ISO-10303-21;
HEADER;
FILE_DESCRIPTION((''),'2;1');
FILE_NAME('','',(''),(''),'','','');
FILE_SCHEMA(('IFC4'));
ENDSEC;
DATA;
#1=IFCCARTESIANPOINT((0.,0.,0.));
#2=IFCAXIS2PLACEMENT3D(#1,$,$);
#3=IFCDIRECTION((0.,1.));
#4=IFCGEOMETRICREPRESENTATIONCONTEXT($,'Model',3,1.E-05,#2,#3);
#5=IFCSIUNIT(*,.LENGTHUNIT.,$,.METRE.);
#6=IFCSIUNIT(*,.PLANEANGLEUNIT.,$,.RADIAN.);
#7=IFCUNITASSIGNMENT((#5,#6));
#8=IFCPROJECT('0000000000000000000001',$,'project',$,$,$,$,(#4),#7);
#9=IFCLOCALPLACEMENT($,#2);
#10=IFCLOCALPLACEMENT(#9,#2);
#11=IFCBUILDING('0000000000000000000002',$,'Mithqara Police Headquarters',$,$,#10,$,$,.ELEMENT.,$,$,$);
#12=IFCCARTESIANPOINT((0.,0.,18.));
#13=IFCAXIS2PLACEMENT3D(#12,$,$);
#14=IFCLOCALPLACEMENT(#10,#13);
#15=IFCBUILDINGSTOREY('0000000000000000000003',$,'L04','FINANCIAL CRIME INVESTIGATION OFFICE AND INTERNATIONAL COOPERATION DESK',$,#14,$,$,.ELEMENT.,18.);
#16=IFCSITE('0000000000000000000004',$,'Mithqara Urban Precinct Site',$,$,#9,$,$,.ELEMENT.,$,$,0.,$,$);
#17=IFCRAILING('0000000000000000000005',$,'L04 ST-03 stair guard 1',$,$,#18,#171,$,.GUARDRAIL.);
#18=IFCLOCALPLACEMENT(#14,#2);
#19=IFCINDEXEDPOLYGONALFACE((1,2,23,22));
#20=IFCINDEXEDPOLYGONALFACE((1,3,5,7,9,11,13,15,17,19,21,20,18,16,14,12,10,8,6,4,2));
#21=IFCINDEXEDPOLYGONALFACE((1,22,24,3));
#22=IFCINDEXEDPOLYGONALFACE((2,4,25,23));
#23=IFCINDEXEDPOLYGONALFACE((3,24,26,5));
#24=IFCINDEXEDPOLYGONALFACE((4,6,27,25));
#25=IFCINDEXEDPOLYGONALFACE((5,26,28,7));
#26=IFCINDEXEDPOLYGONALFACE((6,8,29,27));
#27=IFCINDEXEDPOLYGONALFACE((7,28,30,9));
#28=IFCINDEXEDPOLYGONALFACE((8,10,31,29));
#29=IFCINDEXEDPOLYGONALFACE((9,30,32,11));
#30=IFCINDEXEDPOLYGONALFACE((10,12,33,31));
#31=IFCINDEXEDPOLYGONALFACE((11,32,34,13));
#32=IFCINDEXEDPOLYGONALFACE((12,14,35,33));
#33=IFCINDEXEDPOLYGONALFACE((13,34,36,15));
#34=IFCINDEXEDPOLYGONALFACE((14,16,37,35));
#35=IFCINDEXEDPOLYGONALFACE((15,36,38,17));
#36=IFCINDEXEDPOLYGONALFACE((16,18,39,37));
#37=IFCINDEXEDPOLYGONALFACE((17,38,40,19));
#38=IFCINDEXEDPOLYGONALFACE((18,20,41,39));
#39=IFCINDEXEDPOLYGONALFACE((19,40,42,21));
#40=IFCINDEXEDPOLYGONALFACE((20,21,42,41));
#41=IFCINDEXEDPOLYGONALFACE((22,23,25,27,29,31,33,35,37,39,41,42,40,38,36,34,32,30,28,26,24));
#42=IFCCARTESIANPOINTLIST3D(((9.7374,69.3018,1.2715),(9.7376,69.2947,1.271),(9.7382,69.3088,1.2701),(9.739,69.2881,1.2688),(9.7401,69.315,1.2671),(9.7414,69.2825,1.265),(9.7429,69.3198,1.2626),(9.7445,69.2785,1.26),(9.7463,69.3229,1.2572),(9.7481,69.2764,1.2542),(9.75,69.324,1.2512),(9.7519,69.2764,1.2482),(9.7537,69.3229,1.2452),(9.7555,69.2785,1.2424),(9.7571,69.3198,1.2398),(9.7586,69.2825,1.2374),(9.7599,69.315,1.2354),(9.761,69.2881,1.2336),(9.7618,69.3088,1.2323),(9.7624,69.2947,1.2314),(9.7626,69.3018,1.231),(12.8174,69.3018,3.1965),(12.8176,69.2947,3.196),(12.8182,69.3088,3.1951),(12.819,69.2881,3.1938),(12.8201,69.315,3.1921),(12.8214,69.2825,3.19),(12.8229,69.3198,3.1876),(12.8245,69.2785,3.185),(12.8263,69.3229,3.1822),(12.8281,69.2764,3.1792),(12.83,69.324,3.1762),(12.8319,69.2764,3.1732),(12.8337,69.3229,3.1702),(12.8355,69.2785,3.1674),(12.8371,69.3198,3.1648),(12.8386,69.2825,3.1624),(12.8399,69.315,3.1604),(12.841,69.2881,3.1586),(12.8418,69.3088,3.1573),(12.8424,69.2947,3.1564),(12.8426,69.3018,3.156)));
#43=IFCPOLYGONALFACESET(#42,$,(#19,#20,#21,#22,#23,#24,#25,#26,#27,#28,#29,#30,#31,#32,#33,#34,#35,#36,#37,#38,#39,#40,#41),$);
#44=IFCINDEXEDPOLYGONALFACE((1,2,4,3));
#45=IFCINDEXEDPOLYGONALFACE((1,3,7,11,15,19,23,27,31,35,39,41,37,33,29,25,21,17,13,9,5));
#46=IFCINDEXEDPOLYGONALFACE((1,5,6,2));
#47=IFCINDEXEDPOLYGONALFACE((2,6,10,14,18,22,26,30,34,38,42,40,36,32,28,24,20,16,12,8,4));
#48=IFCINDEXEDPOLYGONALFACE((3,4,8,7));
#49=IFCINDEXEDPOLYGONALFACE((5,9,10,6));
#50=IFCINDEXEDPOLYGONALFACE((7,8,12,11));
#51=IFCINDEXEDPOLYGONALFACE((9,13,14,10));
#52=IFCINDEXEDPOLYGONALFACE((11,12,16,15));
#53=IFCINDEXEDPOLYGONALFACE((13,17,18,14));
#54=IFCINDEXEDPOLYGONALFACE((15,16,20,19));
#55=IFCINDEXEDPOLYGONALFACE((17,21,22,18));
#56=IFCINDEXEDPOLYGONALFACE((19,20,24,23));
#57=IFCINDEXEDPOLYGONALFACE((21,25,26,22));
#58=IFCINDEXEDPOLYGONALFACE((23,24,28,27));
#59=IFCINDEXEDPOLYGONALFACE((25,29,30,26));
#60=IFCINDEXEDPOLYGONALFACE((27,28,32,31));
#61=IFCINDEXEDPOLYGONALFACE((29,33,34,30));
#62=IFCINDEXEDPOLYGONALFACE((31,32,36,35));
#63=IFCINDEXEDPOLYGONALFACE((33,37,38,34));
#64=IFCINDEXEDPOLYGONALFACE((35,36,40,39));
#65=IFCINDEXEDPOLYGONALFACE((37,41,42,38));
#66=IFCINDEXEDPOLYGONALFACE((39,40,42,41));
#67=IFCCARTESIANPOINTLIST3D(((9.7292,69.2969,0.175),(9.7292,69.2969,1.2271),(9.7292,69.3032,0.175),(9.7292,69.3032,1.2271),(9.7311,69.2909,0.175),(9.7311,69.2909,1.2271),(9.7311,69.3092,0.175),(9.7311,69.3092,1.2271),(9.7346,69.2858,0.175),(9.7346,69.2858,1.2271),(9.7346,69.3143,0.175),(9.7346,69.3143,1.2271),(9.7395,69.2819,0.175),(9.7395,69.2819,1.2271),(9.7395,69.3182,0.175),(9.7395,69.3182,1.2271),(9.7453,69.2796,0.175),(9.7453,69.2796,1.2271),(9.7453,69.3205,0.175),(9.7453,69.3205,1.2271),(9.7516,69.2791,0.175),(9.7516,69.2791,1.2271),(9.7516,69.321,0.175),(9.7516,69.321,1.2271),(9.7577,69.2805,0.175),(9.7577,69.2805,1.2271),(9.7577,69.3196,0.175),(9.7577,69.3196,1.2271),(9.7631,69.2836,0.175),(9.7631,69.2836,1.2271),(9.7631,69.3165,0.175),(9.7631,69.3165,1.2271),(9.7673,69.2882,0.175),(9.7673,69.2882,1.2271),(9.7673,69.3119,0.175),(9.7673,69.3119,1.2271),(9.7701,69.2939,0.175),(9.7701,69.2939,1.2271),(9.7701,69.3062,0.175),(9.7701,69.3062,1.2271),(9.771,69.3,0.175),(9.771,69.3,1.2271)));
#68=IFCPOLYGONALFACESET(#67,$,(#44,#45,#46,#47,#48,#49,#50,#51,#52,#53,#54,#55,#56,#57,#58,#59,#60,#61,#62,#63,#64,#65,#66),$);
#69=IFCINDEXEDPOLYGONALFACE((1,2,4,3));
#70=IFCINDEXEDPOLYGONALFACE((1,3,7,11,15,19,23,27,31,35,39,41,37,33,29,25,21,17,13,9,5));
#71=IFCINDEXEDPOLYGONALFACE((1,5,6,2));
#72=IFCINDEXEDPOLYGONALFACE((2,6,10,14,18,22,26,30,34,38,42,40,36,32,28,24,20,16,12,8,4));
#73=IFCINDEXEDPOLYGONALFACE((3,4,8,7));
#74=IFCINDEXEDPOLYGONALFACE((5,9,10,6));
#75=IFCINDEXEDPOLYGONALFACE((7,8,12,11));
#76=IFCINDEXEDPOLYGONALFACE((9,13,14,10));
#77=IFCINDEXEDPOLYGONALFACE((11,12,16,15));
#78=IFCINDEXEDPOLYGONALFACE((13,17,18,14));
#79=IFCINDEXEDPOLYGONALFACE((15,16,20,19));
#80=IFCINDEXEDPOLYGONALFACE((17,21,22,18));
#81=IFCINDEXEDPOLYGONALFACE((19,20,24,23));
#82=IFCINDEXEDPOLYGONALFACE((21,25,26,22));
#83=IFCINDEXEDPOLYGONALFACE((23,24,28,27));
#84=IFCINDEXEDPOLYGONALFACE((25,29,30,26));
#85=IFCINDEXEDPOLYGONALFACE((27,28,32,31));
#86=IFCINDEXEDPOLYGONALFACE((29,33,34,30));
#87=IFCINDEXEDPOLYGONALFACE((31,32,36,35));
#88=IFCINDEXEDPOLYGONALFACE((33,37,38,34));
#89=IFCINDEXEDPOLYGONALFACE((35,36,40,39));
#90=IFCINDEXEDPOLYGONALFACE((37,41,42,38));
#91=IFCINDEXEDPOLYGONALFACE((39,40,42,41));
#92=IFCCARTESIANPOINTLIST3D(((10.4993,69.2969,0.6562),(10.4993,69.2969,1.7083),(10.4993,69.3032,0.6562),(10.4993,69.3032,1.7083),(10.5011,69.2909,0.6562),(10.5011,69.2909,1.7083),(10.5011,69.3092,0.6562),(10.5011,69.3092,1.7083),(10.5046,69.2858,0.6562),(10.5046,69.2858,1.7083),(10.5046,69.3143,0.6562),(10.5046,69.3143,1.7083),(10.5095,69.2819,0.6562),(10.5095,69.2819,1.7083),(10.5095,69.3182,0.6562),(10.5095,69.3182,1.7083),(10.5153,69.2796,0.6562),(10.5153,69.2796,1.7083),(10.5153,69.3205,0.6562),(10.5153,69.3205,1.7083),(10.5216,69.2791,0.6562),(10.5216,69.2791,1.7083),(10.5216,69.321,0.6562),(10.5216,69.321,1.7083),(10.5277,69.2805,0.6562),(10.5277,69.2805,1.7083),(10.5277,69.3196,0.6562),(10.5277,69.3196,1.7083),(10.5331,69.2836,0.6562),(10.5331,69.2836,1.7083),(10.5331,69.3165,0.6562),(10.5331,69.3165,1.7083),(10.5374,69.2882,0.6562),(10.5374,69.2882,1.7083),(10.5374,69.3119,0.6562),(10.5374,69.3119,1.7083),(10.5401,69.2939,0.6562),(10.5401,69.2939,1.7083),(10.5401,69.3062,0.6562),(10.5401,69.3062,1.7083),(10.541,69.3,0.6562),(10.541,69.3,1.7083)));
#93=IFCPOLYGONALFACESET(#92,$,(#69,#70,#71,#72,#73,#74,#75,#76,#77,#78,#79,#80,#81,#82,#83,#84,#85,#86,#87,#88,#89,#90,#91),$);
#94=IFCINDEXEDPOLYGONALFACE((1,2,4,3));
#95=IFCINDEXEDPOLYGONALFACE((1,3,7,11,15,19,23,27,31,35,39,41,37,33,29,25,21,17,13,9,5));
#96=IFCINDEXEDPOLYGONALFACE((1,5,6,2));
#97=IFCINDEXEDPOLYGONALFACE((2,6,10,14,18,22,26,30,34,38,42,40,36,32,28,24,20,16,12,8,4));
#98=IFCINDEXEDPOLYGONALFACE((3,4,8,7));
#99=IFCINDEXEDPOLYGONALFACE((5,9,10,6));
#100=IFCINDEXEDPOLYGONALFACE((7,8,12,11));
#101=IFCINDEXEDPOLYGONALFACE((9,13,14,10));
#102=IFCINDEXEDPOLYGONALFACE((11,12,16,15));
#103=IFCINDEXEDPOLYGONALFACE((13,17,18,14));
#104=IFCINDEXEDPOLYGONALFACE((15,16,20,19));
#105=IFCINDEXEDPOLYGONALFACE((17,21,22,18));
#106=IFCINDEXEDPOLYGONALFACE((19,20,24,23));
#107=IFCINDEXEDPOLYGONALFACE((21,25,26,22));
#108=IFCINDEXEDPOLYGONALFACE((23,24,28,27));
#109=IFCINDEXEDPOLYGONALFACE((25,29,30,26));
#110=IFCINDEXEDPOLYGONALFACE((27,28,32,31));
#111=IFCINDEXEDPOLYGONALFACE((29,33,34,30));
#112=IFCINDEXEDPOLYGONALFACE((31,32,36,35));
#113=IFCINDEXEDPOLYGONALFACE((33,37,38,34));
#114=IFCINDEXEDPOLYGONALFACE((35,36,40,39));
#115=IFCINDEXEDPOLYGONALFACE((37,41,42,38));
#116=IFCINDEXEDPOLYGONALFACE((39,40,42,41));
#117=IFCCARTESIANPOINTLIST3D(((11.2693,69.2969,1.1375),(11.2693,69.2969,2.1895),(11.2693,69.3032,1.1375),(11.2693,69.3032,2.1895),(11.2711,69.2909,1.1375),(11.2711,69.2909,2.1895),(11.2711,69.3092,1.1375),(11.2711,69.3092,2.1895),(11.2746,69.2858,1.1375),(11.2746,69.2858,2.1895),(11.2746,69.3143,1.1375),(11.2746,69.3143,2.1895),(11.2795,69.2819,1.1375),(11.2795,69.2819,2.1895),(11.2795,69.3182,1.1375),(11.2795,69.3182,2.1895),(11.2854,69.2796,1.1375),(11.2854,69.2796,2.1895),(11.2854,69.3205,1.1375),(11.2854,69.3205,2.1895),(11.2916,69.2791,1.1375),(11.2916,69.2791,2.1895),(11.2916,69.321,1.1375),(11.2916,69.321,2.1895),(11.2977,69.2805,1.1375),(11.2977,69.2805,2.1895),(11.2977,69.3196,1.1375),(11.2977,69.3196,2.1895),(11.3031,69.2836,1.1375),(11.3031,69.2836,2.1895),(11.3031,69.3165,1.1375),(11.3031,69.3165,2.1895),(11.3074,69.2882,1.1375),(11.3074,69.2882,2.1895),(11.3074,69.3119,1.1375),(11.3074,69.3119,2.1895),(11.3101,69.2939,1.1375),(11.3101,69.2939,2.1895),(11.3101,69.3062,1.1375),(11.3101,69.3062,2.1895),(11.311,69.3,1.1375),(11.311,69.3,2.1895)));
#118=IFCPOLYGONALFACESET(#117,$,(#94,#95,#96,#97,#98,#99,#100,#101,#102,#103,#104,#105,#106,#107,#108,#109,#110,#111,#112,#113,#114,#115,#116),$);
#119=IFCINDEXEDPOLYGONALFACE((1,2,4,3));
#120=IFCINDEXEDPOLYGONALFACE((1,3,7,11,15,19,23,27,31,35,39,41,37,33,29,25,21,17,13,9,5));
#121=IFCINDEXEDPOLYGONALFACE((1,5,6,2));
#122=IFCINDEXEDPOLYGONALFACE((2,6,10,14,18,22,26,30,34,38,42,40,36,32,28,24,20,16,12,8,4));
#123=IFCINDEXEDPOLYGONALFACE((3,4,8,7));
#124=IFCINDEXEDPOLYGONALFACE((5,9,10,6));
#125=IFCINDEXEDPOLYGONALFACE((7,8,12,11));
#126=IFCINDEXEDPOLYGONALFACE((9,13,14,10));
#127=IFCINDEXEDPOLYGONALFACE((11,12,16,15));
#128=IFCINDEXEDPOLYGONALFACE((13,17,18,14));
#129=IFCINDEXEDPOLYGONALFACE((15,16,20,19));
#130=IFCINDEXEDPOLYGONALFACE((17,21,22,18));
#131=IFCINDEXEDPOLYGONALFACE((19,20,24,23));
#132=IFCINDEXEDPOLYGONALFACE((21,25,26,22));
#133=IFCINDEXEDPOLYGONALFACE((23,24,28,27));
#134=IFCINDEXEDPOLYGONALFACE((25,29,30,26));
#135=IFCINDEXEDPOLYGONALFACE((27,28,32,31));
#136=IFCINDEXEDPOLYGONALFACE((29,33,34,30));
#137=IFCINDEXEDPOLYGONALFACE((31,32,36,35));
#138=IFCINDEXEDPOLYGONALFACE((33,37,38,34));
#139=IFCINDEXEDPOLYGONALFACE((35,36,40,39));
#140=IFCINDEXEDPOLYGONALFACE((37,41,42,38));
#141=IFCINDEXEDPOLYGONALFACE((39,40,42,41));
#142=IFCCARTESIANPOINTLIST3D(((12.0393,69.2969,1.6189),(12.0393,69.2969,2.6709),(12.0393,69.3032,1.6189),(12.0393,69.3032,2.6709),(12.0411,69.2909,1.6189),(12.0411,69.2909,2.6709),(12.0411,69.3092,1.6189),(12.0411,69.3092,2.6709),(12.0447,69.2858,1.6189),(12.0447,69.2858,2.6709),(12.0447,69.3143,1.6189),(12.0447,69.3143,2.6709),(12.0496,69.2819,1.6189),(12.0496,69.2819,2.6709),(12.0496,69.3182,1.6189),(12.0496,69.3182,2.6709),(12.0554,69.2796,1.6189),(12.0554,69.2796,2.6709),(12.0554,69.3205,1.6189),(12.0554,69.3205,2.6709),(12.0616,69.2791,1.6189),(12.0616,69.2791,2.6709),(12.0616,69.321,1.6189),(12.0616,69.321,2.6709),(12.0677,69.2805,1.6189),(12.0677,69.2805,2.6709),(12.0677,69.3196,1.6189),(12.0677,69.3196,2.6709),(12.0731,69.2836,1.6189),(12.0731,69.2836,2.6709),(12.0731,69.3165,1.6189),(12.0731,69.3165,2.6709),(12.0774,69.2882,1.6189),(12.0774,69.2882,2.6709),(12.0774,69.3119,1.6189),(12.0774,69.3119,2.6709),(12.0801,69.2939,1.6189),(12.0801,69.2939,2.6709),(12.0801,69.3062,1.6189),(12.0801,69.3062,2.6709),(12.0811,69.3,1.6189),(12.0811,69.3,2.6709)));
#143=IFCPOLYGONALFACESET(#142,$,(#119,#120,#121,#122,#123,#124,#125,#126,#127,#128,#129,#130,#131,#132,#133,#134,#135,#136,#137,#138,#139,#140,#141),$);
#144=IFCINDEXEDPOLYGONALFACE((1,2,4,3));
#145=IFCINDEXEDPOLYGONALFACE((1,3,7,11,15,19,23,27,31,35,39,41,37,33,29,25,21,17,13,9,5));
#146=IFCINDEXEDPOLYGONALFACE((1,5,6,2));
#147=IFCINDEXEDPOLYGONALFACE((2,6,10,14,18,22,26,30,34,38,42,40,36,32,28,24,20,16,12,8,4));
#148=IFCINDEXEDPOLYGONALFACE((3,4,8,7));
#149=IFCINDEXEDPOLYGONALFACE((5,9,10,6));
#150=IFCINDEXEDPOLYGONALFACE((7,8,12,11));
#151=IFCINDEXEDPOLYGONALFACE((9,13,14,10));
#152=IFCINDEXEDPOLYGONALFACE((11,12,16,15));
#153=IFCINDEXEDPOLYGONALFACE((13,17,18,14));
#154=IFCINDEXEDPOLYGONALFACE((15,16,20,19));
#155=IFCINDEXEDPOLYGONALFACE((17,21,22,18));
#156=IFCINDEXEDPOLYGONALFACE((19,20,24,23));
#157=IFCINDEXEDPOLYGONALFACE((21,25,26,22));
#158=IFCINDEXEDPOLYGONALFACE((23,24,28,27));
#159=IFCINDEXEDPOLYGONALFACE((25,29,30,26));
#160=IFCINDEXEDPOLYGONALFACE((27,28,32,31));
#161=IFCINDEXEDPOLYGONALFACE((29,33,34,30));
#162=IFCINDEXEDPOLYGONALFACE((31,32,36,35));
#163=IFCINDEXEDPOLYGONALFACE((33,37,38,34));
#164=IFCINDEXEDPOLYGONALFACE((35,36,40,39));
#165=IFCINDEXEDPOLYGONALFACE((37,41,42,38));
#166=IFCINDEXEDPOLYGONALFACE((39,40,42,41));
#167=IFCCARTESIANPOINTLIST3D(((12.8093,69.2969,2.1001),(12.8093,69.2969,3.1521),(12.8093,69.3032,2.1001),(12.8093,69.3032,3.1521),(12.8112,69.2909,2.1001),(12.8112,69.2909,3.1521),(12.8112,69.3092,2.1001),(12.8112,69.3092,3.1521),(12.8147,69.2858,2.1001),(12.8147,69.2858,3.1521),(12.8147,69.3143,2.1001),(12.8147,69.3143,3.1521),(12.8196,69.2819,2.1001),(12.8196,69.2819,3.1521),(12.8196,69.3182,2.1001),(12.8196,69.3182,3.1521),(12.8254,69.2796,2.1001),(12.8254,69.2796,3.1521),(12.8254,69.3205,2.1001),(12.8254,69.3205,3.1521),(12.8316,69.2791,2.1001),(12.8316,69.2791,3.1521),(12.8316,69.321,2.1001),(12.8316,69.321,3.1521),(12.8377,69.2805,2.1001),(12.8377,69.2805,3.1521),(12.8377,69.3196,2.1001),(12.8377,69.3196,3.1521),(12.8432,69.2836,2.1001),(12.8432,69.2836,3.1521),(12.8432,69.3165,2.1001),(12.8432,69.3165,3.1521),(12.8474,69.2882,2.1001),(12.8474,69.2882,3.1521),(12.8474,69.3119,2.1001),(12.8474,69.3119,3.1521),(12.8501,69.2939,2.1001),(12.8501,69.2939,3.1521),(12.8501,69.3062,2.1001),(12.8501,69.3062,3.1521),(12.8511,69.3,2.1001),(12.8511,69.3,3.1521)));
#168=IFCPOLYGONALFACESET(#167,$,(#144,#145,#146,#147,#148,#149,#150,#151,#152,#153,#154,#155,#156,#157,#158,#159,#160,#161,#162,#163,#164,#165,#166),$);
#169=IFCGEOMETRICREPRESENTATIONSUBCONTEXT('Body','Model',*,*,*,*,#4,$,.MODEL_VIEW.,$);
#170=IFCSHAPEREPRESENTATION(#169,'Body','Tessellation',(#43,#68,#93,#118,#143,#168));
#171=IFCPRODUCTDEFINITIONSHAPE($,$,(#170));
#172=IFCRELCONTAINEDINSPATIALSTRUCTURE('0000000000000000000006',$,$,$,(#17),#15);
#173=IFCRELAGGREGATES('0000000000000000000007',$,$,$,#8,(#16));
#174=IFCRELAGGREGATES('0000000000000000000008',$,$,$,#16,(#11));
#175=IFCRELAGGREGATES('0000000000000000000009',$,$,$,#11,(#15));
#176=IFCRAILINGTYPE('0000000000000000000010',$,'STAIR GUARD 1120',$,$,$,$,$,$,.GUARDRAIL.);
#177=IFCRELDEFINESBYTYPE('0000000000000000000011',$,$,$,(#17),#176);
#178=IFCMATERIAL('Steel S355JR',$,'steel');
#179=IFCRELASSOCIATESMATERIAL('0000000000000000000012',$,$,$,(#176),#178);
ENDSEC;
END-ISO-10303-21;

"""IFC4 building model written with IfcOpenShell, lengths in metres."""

from ifc_helpers import new_model, si_unit, direction, frame, origin, origin_2d, place, context, subcontext, project, spatial, circle, extrude, material, type_object, element, save


model = new_model("IFC4")

# Units and contexts
model_context = context("Model", 3, precision=1e-05, world=origin(), true_north=direction((0.0, 1.0)))
body_context = subcontext(model_context, "Body", "Model", "MODEL_VIEW")
ifc_project = project(units=[si_unit("LENGTHUNIT", "METRE"), si_unit("PLANEANGLEUNIT", "RADIAN")], contexts=[model_context])

# Site, building, storey
site_placement = place(None, origin())
site = spatial("IfcSite", under=ifc_project, at=site_placement, Name="Mithqara Urban Precinct Site", CompositionType="ELEMENT", RefElevation=0.0)
building_placement = place(site_placement, origin())
building = spatial("IfcBuilding", under=site, at=building_placement, Name="Mithqara Police Headquarters", CompositionType="ELEMENT")
storey_placement = place(building_placement, frame((0.0, 0.0, 18.0)))
storey = spatial("IfcBuildingStorey", under=building, at=storey_placement, Name="L04", Description="FINANCIAL CRIME INVESTIGATION OFFICE AND INTERNATIONAL COOPERATION DESK", CompositionType="ELEMENT", Elevation=18.0)

# Shared definitions
ifc_material_1 = material(Name="Steel S355JR", Category="steel")

# Railing
railing_type_1 = type_object("IfcRailingType", Name="STAIR GUARD 1120", PredefinedType="GUARDRAIL", material=ifc_material_1)
railing_1_placement = place(storey_placement, frame((9.75, 69.3, 0.175)))
element("IfcRailing", 1, at=railing_1_placement, inside=storey, type_object=railing_type_1, Name="L04 ST-03 stair guard 1", PredefinedType="GUARDRAIL", context=body_context, shape_type="SweptSolid", body=[
    extrude(circle(Radius=0.0239, at=origin_2d()), frame((0.0, 0.0, 1.0762), z_axis=(0.847998, 0.0, 0.529999), x_axis=(0.0, 1.0, 0.0)), (0.0, 0.0, 1.0), 3.6321),
    extrude(circle(Radius=0.021, at=origin_2d()), origin(), (0.0, 0.0, 1.0), 1.052),
    extrude(circle(Radius=0.021, at=origin_2d()), frame((0.77, 0.0, 0.4812)), (0.0, 0.0, 1.0), 1.052),
    extrude(circle(Radius=0.021, at=origin_2d()), frame((1.54, 0.0, 0.9624)), (0.0, 0.0, 1.0), 1.052),
    extrude(circle(Radius=0.021, at=origin_2d()), frame((2.3101, 0.0, 1.4438)), (0.0, 0.0, 1.0), 1.052),
    extrude(circle(Radius=0.021, at=origin_2d()), frame((3.0801, 0.0, 1.925)), (0.0, 0.0, 1.0), 1.052),
])

save(model, "model.ifc")
